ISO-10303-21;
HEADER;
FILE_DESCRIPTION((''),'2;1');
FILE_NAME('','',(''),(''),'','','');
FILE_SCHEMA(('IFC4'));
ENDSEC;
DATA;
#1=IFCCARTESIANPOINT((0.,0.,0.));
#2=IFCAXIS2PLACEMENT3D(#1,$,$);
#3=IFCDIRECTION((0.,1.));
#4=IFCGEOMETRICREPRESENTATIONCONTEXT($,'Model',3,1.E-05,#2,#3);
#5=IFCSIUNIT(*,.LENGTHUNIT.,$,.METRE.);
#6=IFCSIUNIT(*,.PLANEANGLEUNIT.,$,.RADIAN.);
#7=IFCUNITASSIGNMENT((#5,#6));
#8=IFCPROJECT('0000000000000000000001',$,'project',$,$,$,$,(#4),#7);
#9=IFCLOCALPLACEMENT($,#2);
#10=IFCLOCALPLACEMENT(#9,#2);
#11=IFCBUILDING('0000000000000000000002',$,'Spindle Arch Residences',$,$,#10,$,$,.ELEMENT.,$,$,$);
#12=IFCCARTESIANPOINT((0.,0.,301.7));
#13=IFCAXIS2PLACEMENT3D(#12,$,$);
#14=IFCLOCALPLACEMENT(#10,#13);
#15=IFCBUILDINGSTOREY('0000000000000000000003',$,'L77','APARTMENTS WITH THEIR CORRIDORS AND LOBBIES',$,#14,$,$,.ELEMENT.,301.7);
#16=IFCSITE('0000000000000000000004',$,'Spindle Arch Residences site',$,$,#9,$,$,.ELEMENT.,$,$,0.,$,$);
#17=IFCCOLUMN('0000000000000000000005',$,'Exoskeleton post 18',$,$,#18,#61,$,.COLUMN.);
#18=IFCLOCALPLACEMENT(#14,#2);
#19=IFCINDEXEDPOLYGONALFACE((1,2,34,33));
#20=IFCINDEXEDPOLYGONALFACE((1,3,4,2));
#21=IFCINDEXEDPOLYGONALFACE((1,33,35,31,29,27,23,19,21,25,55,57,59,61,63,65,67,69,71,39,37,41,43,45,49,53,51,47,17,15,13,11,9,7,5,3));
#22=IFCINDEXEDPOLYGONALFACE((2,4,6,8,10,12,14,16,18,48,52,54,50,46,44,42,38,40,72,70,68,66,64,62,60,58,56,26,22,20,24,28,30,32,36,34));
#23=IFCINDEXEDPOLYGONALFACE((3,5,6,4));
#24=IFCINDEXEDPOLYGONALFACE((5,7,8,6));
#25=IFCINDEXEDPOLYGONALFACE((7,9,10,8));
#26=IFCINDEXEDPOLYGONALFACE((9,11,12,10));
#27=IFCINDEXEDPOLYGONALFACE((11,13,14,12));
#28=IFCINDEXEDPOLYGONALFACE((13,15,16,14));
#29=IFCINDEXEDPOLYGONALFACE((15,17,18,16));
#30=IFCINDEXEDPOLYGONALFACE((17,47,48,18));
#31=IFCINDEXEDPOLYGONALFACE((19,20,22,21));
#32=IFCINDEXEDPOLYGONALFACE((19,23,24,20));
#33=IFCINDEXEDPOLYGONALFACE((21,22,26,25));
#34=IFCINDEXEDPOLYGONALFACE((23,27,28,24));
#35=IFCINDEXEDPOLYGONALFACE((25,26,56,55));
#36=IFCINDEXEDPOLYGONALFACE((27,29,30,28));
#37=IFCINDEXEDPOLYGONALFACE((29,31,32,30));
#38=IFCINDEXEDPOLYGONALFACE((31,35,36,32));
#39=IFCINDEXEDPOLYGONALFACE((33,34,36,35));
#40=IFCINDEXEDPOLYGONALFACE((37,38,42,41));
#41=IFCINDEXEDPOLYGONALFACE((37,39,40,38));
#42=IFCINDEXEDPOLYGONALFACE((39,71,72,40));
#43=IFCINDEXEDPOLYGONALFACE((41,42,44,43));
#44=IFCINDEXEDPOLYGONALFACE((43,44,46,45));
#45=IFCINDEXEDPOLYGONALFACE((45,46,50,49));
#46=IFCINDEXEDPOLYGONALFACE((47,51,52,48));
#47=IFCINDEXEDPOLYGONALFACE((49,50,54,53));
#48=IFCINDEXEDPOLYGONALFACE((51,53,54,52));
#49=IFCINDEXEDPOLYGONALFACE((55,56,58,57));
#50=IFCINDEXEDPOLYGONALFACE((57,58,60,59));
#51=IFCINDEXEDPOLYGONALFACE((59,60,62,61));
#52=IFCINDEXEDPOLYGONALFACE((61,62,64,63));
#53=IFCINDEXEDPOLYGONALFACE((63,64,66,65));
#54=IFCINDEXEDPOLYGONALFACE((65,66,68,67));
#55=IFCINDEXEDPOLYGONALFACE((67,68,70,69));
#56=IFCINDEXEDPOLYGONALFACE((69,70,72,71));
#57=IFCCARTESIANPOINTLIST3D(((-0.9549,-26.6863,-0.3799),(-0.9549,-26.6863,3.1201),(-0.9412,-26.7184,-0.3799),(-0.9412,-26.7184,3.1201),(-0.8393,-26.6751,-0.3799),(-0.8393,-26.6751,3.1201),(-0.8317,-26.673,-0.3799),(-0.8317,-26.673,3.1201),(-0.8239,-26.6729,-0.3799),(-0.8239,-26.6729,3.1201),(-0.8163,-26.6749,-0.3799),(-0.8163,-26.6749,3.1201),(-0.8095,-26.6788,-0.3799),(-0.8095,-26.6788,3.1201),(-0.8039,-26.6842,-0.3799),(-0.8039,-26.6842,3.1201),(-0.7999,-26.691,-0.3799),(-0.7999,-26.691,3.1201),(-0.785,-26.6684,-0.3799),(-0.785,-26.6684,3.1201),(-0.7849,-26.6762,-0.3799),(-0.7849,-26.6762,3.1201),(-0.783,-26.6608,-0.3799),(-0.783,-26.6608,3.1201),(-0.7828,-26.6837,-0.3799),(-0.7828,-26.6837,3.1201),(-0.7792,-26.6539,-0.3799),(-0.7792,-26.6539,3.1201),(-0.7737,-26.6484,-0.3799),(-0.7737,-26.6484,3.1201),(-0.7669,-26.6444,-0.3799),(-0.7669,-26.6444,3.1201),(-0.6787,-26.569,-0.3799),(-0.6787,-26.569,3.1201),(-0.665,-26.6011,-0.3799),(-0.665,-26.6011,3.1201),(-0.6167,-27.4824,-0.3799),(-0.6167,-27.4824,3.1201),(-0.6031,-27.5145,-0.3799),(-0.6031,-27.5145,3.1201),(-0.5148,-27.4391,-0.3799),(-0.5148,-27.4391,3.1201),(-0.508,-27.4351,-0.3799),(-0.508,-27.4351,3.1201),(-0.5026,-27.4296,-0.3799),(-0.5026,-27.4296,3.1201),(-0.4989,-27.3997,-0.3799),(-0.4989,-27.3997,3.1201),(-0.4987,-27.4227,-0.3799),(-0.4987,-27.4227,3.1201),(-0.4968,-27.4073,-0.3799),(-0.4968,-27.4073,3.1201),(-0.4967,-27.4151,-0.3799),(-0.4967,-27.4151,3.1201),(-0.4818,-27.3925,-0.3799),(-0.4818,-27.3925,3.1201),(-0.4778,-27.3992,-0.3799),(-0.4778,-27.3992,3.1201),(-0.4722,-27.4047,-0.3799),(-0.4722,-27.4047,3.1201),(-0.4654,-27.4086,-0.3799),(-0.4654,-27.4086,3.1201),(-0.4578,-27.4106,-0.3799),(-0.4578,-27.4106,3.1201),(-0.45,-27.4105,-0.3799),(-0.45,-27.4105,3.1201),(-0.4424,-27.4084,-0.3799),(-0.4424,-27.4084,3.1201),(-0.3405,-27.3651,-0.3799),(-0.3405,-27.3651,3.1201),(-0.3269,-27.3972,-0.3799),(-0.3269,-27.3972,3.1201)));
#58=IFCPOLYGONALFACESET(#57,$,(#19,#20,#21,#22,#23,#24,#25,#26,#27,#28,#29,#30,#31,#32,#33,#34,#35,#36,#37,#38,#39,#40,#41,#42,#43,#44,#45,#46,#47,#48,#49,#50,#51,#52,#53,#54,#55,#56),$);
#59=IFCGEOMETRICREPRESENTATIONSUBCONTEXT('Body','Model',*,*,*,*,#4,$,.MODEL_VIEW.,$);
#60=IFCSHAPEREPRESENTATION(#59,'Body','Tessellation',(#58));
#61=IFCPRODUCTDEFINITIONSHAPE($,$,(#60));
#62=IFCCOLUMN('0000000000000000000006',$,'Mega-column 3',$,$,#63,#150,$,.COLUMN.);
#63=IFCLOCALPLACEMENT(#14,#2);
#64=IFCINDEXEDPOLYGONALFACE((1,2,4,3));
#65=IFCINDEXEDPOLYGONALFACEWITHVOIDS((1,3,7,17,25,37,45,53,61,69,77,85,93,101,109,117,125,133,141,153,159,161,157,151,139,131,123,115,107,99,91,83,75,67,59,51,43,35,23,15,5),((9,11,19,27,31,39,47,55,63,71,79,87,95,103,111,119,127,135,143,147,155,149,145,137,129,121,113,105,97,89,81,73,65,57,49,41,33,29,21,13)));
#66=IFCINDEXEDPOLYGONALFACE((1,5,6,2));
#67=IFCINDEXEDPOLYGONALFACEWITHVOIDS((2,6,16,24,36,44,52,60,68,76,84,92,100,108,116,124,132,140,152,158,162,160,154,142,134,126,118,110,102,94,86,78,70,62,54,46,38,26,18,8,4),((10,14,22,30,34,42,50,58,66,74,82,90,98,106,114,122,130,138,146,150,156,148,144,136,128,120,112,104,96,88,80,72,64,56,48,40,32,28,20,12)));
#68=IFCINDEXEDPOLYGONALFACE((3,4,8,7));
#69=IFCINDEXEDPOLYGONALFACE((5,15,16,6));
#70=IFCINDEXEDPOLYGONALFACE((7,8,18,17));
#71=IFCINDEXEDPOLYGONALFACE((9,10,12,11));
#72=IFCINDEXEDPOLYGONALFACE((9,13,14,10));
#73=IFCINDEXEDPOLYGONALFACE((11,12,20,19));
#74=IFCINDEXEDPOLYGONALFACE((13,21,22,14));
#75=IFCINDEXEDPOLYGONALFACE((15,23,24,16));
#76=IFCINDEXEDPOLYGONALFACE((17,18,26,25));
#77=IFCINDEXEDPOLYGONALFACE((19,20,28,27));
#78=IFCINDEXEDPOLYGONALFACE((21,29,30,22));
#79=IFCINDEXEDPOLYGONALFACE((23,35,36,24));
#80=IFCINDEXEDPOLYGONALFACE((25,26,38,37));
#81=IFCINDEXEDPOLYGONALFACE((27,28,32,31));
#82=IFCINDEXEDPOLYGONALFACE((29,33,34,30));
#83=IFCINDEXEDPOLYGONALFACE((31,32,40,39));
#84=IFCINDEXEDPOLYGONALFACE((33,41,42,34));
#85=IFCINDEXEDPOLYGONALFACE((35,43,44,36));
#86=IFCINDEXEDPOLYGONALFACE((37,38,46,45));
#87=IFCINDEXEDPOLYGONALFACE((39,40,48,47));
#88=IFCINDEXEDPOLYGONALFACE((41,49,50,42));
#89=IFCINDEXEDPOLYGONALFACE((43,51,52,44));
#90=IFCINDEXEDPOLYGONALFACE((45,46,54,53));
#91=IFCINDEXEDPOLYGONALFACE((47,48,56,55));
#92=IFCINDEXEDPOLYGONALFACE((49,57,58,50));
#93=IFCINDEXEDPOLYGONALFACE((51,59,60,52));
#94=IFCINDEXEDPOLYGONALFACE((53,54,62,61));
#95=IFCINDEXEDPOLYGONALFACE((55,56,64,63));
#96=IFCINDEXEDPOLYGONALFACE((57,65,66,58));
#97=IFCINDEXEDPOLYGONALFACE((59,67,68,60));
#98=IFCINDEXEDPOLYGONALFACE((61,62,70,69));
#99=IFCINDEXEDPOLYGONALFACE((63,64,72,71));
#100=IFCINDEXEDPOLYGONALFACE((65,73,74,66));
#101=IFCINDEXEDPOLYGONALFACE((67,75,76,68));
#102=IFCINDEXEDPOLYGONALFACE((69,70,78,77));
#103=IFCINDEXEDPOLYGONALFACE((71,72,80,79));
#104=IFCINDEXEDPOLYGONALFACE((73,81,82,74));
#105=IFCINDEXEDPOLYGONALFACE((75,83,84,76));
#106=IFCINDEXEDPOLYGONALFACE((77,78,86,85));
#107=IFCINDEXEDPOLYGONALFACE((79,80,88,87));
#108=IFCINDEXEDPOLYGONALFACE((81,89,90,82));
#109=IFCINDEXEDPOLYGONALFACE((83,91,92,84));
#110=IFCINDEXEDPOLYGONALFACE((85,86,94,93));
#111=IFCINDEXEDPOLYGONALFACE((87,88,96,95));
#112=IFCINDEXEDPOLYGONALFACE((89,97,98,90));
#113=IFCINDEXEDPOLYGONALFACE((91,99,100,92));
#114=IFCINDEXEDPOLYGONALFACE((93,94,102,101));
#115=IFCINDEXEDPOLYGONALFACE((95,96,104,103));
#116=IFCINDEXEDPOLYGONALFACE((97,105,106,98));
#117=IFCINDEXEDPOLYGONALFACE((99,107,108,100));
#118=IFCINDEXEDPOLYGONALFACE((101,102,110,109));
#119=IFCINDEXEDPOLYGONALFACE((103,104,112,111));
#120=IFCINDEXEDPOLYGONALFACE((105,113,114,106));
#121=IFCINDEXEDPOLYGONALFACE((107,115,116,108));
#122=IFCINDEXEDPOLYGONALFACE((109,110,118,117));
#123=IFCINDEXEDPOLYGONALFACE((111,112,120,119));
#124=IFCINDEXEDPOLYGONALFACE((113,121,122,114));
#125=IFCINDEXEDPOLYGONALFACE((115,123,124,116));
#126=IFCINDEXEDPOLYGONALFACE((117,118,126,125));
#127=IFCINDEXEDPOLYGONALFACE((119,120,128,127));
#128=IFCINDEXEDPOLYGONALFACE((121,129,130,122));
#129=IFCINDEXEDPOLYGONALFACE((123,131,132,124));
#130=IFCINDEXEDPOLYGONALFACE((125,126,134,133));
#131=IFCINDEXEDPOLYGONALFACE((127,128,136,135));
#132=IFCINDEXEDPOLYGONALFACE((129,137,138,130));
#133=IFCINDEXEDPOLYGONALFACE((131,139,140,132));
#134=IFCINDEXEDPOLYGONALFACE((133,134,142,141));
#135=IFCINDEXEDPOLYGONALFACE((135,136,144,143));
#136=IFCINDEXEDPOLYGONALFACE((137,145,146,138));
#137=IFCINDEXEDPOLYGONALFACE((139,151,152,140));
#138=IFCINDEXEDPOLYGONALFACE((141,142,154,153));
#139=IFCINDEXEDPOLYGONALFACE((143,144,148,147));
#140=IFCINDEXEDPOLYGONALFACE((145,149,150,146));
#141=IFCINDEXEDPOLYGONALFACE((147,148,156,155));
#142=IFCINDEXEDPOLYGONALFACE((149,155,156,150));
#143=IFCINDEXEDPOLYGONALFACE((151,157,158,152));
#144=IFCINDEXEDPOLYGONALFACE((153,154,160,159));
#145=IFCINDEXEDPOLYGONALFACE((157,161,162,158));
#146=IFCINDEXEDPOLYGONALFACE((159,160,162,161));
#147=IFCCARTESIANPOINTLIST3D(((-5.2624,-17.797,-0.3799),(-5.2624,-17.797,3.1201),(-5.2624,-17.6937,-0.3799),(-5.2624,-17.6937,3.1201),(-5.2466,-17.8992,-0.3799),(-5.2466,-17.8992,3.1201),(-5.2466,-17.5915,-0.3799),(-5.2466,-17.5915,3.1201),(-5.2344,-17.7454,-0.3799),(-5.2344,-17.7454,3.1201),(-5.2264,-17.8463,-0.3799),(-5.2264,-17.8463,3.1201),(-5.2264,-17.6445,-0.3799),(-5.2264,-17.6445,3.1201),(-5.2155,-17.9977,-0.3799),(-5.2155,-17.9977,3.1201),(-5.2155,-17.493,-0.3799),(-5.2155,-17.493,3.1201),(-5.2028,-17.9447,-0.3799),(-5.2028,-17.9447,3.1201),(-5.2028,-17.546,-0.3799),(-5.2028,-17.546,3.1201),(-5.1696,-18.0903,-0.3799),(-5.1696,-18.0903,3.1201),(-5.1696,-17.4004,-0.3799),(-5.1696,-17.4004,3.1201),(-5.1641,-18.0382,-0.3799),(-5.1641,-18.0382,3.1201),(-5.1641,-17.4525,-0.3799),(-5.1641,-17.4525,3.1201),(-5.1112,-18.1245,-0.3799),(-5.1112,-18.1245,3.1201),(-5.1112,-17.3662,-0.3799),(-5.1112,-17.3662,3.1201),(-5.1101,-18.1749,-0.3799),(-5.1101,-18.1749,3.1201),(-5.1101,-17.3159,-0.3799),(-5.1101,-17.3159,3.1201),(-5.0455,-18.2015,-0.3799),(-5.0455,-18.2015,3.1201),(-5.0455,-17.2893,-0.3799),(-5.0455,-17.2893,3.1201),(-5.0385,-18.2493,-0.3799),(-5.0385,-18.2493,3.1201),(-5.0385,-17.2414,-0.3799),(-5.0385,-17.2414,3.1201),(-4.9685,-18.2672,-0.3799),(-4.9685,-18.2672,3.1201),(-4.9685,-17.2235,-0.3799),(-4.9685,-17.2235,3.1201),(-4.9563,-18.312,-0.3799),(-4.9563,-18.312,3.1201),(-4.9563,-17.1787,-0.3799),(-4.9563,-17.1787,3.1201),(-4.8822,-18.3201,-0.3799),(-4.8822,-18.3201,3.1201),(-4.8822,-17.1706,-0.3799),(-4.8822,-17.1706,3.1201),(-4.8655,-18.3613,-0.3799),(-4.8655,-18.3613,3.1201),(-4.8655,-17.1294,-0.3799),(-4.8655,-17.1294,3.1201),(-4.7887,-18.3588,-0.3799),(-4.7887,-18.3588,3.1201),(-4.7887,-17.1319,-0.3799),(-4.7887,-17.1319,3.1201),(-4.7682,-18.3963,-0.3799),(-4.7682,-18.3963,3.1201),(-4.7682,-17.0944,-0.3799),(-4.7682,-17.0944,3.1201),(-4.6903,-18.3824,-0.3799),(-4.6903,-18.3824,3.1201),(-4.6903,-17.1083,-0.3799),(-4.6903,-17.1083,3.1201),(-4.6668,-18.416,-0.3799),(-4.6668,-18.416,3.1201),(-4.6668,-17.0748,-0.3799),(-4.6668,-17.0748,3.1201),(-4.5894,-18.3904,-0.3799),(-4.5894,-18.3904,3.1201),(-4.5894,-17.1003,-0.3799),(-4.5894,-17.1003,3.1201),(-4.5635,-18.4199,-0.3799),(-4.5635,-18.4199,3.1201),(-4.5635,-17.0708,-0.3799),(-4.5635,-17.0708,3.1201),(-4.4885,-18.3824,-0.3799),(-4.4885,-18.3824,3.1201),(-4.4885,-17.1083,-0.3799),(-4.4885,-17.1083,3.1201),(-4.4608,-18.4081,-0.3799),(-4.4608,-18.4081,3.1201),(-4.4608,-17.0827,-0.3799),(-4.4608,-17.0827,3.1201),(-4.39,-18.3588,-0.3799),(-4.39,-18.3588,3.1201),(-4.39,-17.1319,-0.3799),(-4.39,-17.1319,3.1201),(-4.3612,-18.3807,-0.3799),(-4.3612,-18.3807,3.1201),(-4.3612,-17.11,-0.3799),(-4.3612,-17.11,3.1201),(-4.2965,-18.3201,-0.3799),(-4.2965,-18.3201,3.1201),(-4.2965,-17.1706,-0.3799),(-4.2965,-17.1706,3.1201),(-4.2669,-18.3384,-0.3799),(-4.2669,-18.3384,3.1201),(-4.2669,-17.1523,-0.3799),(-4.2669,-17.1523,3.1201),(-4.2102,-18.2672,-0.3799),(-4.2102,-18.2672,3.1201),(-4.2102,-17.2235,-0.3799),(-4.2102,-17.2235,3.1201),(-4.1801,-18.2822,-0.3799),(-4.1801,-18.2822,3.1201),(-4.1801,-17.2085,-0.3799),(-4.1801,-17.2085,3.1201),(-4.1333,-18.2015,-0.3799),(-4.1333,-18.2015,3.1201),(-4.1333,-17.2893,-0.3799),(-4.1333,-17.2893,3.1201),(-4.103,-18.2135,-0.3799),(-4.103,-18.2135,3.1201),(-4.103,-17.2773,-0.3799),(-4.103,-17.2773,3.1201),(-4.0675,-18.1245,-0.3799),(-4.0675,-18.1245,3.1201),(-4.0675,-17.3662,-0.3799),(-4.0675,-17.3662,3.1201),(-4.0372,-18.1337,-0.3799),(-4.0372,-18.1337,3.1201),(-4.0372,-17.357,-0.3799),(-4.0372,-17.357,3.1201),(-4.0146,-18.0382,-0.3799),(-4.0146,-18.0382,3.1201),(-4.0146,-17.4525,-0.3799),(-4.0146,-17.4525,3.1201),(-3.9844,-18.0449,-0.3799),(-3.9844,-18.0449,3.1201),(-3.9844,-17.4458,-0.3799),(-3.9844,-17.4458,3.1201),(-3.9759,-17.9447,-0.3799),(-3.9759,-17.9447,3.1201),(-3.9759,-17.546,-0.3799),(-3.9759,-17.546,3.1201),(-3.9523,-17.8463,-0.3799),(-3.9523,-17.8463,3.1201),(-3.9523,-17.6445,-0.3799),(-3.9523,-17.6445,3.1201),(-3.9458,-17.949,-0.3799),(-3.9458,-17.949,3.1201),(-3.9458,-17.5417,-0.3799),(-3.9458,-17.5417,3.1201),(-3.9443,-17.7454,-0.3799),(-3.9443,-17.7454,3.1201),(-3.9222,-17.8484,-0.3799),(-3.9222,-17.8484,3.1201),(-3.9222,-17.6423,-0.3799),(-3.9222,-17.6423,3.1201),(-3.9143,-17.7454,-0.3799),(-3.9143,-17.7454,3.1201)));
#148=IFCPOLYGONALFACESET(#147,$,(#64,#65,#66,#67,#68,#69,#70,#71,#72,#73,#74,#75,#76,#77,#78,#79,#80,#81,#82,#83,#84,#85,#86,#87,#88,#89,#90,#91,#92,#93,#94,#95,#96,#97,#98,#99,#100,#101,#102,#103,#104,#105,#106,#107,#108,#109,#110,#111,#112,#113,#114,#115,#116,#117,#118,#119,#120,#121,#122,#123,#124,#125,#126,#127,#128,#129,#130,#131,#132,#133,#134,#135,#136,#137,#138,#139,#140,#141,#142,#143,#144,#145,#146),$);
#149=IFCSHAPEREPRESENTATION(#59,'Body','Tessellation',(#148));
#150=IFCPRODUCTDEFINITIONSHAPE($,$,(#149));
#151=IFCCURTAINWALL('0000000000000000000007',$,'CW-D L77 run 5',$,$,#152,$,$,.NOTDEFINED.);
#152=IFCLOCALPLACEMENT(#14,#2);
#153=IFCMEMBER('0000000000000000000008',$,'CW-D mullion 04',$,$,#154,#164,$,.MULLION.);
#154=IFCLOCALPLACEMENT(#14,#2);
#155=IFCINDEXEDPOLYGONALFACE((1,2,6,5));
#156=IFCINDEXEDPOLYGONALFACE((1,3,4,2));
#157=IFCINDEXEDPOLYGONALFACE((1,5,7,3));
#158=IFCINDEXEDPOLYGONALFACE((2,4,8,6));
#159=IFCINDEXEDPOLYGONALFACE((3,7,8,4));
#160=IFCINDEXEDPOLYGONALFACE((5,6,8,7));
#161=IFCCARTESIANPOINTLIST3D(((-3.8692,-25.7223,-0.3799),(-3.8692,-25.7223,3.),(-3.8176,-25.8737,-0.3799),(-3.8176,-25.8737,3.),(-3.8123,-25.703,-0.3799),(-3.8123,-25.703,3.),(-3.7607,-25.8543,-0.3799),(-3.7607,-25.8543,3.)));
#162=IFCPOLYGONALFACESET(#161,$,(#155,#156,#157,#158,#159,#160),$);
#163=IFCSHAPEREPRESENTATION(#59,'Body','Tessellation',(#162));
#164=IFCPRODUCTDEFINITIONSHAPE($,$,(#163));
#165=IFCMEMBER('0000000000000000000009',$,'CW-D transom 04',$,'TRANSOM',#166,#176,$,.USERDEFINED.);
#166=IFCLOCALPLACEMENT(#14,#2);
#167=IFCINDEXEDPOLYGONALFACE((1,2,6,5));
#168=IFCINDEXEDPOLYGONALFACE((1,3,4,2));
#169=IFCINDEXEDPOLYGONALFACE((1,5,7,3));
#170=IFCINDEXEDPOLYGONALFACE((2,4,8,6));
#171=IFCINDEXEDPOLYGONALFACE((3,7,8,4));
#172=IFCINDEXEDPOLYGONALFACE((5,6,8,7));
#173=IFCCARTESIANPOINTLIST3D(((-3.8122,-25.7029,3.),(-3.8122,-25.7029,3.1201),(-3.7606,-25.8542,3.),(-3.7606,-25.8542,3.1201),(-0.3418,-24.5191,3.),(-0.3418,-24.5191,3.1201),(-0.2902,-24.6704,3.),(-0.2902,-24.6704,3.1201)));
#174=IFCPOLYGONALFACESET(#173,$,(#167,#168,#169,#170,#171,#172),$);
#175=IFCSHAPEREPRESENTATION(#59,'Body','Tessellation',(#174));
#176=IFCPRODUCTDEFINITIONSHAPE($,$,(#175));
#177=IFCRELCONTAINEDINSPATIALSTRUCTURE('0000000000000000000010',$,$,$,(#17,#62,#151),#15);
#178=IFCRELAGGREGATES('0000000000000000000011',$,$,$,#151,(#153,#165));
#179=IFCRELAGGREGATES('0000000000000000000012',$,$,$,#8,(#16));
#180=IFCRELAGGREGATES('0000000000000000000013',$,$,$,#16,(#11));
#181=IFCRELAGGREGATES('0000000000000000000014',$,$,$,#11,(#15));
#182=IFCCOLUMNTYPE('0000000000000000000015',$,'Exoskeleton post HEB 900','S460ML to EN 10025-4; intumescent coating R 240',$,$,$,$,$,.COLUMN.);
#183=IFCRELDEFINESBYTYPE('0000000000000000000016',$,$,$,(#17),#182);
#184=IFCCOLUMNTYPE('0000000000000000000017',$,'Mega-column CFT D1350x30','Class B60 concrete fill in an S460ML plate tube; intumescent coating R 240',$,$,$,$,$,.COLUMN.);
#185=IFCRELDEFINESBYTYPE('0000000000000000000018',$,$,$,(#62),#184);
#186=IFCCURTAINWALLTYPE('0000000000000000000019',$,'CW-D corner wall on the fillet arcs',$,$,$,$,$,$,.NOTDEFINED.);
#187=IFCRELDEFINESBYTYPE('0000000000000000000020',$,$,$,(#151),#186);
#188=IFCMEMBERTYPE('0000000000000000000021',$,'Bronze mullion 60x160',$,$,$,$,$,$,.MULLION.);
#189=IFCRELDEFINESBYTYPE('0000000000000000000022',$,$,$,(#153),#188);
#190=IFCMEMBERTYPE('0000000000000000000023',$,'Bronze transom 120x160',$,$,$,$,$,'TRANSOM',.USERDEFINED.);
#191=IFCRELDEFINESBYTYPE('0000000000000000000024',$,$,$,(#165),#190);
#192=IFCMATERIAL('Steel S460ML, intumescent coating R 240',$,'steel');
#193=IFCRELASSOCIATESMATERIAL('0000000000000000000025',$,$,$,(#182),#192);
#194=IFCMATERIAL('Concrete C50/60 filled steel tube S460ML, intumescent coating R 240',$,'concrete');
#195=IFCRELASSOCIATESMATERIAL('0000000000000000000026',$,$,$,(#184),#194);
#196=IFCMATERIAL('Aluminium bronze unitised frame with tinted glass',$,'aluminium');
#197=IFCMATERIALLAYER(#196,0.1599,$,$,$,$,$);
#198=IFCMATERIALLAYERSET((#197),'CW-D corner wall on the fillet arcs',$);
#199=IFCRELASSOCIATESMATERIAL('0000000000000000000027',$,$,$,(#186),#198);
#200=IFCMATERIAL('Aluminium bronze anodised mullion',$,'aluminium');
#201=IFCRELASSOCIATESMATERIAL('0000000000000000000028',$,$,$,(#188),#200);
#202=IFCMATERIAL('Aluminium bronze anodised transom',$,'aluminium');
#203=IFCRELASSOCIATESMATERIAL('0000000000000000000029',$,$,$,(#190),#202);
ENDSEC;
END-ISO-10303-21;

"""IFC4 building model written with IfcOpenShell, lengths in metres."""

from ifc_helpers import new_model, si_unit, direction, frame, origin, origin_2d, place, context, subcontext, project, spatial, rectangle, hollow_circle, i_section, extrude, material, layer, layer_set, material_profile, profile_set, type_object, element, aggregate, save


model = new_model("IFC4")

# Units and contexts
model_context = context("Model", 3, precision=1e-05, world=origin(), true_north=direction((0.0, 1.0)))
body_context = subcontext(model_context, "Body", "Model", "MODEL_VIEW")
ifc_project = project(units=[si_unit("LENGTHUNIT", "METRE"), si_unit("PLANEANGLEUNIT", "RADIAN")], contexts=[model_context])

# Site, building, storey
site_placement = place(None, origin())
site = spatial("IfcSite", under=ifc_project, at=site_placement, Name="Spindle Arch Residences site", CompositionType="ELEMENT", RefElevation=0.0)
building_placement = place(site_placement, origin())
building = spatial("IfcBuilding", under=site, at=building_placement, Name="Spindle Arch Residences", CompositionType="ELEMENT")
storey_placement = place(building_placement, frame((0.0, 0.0, 301.7)))
storey = spatial("IfcBuildingStorey", under=building, at=storey_placement, Name="L77", Description="APARTMENTS WITH THEIR CORRIDORS AND LOBBIES", CompositionType="ELEMENT", Elevation=301.7)

# Columns
ifc_material_1 = material(Name="Steel S460ML, intumescent coating R 240", Category="steel")
ifc_material_profile_1 = material_profile(ifc_material_1, i_section(OverallWidth=0.3, OverallDepth=0.8999, WebThickness=0.0186, FlangeThickness=0.0349, FilletRadius=0.03, at=origin_2d()), Name="HEB 900")
ifc_profile_set_1 = profile_set([ifc_material_profile_1], Name="Steel S460ML, intumescent coating R 240")
column_type_1 = type_object("IfcColumnType", Name="Exoskeleton post HEB 900", Description="S460ML to EN 10025-4; intumescent coating R 240", PredefinedType="COLUMN", material=ifc_profile_set_1)
column_1_placement = place(storey_placement, frame((-0.6409, -27.0417, -0.3799), z_axis=(0.0, 0.0, 1.0), x_axis=(-0.920422, -0.390926, 0.0)))
element("IfcColumn", 1, at=column_1_placement, inside=storey, type_object=column_type_1, Name="Exoskeleton post 18", PredefinedType="COLUMN", context=body_context, shape_type="SweptSolid", body=[
    extrude(i_section(OverallWidth=0.3, OverallDepth=0.8999, WebThickness=0.0186, FlangeThickness=0.0349, FilletRadius=0.03, at=origin_2d()), origin(), (0.0, 0.0, 1.0), 3.5),
])
ifc_material_2 = material(Name="Concrete C50/60 filled steel tube S460ML, intumescent coating R 240", Category="concrete")
ifc_material_profile_2 = material_profile(ifc_material_2, hollow_circle(Radius=0.675, WallThickness=0.03, at=origin_2d()), Name="CFT D1350x30")
ifc_profile_set_2 = profile_set([ifc_material_profile_2], Name="Concrete C50/60 filled steel tube S460ML, intumescent coating R 240")
column_type_2 = type_object("IfcColumnType", Name="Mega-column CFT D1350x30", Description="Class B60 concrete fill in an S460ML plate tube; intumescent coating R 240", PredefinedType="COLUMN", material=ifc_profile_set_2)
column_2_placement = place(storey_placement, frame((-4.5894, -17.7454, -0.3799), z_axis=(0.0, 0.0, 1.0), x_axis=(1.0, 0.0, 0.0)))
element("IfcColumn", 2, at=column_2_placement, inside=storey, type_object=column_type_2, Name="Mega-column 3", PredefinedType="COLUMN", context=body_context, shape_type="SweptSolid", body=[
    extrude(hollow_circle(Radius=0.675, WallThickness=0.03, at=origin_2d()), origin(), (0.0, 0.0, 1.0), 3.5),
])

# Curtain wall, members
ifc_material_3 = material(Name="Aluminium bronze unitised frame with tinted glass", Category="aluminium")
ifc_layer_1 = layer(ifc_material_3, 0.1599)
ifc_layer_set_1 = layer_set([ifc_layer_1], Name="CW-D corner wall on the fillet arcs")
curtain_wall_type = type_object("IfcCurtainWallType", Name="CW-D corner wall on the fillet arcs", PredefinedType="NOTDEFINED", material=ifc_layer_set_1)
curtain_wall_placement = place(storey_placement, origin())
curtain_wall = element("IfcCurtainWall", 3, at=curtain_wall_placement, inside=storey, type_object=curtain_wall_type, Name="CW-D L77 run 5", PredefinedType="NOTDEFINED")
ifc_material_4 = material(Name="Aluminium bronze anodised mullion", Category="aluminium")
ifc_material_profile_3 = material_profile(ifc_material_4, rectangle(XDim=0.1599, YDim=0.0601, at=origin_2d()), Name="MU 60x160")
ifc_profile_set_3 = profile_set([ifc_material_profile_3], Name="Aluminium bronze anodised mullion")
member_type_1 = type_object("IfcMemberType", Name="Bronze mullion 60x160", PredefinedType="MULLION", material=ifc_profile_set_3)
member_1_placement = place(storey_placement, frame((-3.8149, -25.7883, -0.3799), z_axis=(0.0, 0.0, 1.0), x_axis=(-0.322816, 0.946462, 0.0)))
member_1 = element("IfcMember", 4, at=member_1_placement, type_object=member_type_1, Name="CW-D mullion 04", PredefinedType="MULLION", context=body_context, shape_type="SweptSolid", body=[
    extrude(rectangle(XDim=0.1599, YDim=0.0601, at=origin_2d()), origin(), (0.0, 0.0, 1.0), 3.3799),
])
ifc_material_5 = material(Name="Aluminium bronze anodised transom", Category="aluminium")
ifc_material_profile_4 = material_profile(ifc_material_5, rectangle(XDim=0.1599, YDim=0.1201, at=origin_2d()), Name="TR 120x160")
ifc_profile_set_4 = profile_set([ifc_material_profile_4], Name="Aluminium bronze anodised transom")
member_type_2 = type_object("IfcMemberType", Name="Bronze transom 120x160", ElementType="TRANSOM", PredefinedType="USERDEFINED", material=ifc_profile_set_4)
member_2_placement = place(storey_placement, frame((-3.7864, -25.7786, 3.0601), z_axis=(0.94645, 0.322852, 0.0), x_axis=(-0.322852, 0.94645, 0.0)))
member_2 = element("IfcMember", 5, at=member_2_placement, type_object=member_type_2, Name="CW-D transom 04", ObjectType="TRANSOM", PredefinedType="USERDEFINED", context=body_context, shape_type="SweptSolid", body=[
    extrude(rectangle(XDim=0.1599, YDim=0.1201, at=origin_2d()), origin(), (0.0, 0.0, 1.0), 3.6667),
])

aggregate(curtain_wall, [member_1, member_2])

save(model, "model.ifc")
